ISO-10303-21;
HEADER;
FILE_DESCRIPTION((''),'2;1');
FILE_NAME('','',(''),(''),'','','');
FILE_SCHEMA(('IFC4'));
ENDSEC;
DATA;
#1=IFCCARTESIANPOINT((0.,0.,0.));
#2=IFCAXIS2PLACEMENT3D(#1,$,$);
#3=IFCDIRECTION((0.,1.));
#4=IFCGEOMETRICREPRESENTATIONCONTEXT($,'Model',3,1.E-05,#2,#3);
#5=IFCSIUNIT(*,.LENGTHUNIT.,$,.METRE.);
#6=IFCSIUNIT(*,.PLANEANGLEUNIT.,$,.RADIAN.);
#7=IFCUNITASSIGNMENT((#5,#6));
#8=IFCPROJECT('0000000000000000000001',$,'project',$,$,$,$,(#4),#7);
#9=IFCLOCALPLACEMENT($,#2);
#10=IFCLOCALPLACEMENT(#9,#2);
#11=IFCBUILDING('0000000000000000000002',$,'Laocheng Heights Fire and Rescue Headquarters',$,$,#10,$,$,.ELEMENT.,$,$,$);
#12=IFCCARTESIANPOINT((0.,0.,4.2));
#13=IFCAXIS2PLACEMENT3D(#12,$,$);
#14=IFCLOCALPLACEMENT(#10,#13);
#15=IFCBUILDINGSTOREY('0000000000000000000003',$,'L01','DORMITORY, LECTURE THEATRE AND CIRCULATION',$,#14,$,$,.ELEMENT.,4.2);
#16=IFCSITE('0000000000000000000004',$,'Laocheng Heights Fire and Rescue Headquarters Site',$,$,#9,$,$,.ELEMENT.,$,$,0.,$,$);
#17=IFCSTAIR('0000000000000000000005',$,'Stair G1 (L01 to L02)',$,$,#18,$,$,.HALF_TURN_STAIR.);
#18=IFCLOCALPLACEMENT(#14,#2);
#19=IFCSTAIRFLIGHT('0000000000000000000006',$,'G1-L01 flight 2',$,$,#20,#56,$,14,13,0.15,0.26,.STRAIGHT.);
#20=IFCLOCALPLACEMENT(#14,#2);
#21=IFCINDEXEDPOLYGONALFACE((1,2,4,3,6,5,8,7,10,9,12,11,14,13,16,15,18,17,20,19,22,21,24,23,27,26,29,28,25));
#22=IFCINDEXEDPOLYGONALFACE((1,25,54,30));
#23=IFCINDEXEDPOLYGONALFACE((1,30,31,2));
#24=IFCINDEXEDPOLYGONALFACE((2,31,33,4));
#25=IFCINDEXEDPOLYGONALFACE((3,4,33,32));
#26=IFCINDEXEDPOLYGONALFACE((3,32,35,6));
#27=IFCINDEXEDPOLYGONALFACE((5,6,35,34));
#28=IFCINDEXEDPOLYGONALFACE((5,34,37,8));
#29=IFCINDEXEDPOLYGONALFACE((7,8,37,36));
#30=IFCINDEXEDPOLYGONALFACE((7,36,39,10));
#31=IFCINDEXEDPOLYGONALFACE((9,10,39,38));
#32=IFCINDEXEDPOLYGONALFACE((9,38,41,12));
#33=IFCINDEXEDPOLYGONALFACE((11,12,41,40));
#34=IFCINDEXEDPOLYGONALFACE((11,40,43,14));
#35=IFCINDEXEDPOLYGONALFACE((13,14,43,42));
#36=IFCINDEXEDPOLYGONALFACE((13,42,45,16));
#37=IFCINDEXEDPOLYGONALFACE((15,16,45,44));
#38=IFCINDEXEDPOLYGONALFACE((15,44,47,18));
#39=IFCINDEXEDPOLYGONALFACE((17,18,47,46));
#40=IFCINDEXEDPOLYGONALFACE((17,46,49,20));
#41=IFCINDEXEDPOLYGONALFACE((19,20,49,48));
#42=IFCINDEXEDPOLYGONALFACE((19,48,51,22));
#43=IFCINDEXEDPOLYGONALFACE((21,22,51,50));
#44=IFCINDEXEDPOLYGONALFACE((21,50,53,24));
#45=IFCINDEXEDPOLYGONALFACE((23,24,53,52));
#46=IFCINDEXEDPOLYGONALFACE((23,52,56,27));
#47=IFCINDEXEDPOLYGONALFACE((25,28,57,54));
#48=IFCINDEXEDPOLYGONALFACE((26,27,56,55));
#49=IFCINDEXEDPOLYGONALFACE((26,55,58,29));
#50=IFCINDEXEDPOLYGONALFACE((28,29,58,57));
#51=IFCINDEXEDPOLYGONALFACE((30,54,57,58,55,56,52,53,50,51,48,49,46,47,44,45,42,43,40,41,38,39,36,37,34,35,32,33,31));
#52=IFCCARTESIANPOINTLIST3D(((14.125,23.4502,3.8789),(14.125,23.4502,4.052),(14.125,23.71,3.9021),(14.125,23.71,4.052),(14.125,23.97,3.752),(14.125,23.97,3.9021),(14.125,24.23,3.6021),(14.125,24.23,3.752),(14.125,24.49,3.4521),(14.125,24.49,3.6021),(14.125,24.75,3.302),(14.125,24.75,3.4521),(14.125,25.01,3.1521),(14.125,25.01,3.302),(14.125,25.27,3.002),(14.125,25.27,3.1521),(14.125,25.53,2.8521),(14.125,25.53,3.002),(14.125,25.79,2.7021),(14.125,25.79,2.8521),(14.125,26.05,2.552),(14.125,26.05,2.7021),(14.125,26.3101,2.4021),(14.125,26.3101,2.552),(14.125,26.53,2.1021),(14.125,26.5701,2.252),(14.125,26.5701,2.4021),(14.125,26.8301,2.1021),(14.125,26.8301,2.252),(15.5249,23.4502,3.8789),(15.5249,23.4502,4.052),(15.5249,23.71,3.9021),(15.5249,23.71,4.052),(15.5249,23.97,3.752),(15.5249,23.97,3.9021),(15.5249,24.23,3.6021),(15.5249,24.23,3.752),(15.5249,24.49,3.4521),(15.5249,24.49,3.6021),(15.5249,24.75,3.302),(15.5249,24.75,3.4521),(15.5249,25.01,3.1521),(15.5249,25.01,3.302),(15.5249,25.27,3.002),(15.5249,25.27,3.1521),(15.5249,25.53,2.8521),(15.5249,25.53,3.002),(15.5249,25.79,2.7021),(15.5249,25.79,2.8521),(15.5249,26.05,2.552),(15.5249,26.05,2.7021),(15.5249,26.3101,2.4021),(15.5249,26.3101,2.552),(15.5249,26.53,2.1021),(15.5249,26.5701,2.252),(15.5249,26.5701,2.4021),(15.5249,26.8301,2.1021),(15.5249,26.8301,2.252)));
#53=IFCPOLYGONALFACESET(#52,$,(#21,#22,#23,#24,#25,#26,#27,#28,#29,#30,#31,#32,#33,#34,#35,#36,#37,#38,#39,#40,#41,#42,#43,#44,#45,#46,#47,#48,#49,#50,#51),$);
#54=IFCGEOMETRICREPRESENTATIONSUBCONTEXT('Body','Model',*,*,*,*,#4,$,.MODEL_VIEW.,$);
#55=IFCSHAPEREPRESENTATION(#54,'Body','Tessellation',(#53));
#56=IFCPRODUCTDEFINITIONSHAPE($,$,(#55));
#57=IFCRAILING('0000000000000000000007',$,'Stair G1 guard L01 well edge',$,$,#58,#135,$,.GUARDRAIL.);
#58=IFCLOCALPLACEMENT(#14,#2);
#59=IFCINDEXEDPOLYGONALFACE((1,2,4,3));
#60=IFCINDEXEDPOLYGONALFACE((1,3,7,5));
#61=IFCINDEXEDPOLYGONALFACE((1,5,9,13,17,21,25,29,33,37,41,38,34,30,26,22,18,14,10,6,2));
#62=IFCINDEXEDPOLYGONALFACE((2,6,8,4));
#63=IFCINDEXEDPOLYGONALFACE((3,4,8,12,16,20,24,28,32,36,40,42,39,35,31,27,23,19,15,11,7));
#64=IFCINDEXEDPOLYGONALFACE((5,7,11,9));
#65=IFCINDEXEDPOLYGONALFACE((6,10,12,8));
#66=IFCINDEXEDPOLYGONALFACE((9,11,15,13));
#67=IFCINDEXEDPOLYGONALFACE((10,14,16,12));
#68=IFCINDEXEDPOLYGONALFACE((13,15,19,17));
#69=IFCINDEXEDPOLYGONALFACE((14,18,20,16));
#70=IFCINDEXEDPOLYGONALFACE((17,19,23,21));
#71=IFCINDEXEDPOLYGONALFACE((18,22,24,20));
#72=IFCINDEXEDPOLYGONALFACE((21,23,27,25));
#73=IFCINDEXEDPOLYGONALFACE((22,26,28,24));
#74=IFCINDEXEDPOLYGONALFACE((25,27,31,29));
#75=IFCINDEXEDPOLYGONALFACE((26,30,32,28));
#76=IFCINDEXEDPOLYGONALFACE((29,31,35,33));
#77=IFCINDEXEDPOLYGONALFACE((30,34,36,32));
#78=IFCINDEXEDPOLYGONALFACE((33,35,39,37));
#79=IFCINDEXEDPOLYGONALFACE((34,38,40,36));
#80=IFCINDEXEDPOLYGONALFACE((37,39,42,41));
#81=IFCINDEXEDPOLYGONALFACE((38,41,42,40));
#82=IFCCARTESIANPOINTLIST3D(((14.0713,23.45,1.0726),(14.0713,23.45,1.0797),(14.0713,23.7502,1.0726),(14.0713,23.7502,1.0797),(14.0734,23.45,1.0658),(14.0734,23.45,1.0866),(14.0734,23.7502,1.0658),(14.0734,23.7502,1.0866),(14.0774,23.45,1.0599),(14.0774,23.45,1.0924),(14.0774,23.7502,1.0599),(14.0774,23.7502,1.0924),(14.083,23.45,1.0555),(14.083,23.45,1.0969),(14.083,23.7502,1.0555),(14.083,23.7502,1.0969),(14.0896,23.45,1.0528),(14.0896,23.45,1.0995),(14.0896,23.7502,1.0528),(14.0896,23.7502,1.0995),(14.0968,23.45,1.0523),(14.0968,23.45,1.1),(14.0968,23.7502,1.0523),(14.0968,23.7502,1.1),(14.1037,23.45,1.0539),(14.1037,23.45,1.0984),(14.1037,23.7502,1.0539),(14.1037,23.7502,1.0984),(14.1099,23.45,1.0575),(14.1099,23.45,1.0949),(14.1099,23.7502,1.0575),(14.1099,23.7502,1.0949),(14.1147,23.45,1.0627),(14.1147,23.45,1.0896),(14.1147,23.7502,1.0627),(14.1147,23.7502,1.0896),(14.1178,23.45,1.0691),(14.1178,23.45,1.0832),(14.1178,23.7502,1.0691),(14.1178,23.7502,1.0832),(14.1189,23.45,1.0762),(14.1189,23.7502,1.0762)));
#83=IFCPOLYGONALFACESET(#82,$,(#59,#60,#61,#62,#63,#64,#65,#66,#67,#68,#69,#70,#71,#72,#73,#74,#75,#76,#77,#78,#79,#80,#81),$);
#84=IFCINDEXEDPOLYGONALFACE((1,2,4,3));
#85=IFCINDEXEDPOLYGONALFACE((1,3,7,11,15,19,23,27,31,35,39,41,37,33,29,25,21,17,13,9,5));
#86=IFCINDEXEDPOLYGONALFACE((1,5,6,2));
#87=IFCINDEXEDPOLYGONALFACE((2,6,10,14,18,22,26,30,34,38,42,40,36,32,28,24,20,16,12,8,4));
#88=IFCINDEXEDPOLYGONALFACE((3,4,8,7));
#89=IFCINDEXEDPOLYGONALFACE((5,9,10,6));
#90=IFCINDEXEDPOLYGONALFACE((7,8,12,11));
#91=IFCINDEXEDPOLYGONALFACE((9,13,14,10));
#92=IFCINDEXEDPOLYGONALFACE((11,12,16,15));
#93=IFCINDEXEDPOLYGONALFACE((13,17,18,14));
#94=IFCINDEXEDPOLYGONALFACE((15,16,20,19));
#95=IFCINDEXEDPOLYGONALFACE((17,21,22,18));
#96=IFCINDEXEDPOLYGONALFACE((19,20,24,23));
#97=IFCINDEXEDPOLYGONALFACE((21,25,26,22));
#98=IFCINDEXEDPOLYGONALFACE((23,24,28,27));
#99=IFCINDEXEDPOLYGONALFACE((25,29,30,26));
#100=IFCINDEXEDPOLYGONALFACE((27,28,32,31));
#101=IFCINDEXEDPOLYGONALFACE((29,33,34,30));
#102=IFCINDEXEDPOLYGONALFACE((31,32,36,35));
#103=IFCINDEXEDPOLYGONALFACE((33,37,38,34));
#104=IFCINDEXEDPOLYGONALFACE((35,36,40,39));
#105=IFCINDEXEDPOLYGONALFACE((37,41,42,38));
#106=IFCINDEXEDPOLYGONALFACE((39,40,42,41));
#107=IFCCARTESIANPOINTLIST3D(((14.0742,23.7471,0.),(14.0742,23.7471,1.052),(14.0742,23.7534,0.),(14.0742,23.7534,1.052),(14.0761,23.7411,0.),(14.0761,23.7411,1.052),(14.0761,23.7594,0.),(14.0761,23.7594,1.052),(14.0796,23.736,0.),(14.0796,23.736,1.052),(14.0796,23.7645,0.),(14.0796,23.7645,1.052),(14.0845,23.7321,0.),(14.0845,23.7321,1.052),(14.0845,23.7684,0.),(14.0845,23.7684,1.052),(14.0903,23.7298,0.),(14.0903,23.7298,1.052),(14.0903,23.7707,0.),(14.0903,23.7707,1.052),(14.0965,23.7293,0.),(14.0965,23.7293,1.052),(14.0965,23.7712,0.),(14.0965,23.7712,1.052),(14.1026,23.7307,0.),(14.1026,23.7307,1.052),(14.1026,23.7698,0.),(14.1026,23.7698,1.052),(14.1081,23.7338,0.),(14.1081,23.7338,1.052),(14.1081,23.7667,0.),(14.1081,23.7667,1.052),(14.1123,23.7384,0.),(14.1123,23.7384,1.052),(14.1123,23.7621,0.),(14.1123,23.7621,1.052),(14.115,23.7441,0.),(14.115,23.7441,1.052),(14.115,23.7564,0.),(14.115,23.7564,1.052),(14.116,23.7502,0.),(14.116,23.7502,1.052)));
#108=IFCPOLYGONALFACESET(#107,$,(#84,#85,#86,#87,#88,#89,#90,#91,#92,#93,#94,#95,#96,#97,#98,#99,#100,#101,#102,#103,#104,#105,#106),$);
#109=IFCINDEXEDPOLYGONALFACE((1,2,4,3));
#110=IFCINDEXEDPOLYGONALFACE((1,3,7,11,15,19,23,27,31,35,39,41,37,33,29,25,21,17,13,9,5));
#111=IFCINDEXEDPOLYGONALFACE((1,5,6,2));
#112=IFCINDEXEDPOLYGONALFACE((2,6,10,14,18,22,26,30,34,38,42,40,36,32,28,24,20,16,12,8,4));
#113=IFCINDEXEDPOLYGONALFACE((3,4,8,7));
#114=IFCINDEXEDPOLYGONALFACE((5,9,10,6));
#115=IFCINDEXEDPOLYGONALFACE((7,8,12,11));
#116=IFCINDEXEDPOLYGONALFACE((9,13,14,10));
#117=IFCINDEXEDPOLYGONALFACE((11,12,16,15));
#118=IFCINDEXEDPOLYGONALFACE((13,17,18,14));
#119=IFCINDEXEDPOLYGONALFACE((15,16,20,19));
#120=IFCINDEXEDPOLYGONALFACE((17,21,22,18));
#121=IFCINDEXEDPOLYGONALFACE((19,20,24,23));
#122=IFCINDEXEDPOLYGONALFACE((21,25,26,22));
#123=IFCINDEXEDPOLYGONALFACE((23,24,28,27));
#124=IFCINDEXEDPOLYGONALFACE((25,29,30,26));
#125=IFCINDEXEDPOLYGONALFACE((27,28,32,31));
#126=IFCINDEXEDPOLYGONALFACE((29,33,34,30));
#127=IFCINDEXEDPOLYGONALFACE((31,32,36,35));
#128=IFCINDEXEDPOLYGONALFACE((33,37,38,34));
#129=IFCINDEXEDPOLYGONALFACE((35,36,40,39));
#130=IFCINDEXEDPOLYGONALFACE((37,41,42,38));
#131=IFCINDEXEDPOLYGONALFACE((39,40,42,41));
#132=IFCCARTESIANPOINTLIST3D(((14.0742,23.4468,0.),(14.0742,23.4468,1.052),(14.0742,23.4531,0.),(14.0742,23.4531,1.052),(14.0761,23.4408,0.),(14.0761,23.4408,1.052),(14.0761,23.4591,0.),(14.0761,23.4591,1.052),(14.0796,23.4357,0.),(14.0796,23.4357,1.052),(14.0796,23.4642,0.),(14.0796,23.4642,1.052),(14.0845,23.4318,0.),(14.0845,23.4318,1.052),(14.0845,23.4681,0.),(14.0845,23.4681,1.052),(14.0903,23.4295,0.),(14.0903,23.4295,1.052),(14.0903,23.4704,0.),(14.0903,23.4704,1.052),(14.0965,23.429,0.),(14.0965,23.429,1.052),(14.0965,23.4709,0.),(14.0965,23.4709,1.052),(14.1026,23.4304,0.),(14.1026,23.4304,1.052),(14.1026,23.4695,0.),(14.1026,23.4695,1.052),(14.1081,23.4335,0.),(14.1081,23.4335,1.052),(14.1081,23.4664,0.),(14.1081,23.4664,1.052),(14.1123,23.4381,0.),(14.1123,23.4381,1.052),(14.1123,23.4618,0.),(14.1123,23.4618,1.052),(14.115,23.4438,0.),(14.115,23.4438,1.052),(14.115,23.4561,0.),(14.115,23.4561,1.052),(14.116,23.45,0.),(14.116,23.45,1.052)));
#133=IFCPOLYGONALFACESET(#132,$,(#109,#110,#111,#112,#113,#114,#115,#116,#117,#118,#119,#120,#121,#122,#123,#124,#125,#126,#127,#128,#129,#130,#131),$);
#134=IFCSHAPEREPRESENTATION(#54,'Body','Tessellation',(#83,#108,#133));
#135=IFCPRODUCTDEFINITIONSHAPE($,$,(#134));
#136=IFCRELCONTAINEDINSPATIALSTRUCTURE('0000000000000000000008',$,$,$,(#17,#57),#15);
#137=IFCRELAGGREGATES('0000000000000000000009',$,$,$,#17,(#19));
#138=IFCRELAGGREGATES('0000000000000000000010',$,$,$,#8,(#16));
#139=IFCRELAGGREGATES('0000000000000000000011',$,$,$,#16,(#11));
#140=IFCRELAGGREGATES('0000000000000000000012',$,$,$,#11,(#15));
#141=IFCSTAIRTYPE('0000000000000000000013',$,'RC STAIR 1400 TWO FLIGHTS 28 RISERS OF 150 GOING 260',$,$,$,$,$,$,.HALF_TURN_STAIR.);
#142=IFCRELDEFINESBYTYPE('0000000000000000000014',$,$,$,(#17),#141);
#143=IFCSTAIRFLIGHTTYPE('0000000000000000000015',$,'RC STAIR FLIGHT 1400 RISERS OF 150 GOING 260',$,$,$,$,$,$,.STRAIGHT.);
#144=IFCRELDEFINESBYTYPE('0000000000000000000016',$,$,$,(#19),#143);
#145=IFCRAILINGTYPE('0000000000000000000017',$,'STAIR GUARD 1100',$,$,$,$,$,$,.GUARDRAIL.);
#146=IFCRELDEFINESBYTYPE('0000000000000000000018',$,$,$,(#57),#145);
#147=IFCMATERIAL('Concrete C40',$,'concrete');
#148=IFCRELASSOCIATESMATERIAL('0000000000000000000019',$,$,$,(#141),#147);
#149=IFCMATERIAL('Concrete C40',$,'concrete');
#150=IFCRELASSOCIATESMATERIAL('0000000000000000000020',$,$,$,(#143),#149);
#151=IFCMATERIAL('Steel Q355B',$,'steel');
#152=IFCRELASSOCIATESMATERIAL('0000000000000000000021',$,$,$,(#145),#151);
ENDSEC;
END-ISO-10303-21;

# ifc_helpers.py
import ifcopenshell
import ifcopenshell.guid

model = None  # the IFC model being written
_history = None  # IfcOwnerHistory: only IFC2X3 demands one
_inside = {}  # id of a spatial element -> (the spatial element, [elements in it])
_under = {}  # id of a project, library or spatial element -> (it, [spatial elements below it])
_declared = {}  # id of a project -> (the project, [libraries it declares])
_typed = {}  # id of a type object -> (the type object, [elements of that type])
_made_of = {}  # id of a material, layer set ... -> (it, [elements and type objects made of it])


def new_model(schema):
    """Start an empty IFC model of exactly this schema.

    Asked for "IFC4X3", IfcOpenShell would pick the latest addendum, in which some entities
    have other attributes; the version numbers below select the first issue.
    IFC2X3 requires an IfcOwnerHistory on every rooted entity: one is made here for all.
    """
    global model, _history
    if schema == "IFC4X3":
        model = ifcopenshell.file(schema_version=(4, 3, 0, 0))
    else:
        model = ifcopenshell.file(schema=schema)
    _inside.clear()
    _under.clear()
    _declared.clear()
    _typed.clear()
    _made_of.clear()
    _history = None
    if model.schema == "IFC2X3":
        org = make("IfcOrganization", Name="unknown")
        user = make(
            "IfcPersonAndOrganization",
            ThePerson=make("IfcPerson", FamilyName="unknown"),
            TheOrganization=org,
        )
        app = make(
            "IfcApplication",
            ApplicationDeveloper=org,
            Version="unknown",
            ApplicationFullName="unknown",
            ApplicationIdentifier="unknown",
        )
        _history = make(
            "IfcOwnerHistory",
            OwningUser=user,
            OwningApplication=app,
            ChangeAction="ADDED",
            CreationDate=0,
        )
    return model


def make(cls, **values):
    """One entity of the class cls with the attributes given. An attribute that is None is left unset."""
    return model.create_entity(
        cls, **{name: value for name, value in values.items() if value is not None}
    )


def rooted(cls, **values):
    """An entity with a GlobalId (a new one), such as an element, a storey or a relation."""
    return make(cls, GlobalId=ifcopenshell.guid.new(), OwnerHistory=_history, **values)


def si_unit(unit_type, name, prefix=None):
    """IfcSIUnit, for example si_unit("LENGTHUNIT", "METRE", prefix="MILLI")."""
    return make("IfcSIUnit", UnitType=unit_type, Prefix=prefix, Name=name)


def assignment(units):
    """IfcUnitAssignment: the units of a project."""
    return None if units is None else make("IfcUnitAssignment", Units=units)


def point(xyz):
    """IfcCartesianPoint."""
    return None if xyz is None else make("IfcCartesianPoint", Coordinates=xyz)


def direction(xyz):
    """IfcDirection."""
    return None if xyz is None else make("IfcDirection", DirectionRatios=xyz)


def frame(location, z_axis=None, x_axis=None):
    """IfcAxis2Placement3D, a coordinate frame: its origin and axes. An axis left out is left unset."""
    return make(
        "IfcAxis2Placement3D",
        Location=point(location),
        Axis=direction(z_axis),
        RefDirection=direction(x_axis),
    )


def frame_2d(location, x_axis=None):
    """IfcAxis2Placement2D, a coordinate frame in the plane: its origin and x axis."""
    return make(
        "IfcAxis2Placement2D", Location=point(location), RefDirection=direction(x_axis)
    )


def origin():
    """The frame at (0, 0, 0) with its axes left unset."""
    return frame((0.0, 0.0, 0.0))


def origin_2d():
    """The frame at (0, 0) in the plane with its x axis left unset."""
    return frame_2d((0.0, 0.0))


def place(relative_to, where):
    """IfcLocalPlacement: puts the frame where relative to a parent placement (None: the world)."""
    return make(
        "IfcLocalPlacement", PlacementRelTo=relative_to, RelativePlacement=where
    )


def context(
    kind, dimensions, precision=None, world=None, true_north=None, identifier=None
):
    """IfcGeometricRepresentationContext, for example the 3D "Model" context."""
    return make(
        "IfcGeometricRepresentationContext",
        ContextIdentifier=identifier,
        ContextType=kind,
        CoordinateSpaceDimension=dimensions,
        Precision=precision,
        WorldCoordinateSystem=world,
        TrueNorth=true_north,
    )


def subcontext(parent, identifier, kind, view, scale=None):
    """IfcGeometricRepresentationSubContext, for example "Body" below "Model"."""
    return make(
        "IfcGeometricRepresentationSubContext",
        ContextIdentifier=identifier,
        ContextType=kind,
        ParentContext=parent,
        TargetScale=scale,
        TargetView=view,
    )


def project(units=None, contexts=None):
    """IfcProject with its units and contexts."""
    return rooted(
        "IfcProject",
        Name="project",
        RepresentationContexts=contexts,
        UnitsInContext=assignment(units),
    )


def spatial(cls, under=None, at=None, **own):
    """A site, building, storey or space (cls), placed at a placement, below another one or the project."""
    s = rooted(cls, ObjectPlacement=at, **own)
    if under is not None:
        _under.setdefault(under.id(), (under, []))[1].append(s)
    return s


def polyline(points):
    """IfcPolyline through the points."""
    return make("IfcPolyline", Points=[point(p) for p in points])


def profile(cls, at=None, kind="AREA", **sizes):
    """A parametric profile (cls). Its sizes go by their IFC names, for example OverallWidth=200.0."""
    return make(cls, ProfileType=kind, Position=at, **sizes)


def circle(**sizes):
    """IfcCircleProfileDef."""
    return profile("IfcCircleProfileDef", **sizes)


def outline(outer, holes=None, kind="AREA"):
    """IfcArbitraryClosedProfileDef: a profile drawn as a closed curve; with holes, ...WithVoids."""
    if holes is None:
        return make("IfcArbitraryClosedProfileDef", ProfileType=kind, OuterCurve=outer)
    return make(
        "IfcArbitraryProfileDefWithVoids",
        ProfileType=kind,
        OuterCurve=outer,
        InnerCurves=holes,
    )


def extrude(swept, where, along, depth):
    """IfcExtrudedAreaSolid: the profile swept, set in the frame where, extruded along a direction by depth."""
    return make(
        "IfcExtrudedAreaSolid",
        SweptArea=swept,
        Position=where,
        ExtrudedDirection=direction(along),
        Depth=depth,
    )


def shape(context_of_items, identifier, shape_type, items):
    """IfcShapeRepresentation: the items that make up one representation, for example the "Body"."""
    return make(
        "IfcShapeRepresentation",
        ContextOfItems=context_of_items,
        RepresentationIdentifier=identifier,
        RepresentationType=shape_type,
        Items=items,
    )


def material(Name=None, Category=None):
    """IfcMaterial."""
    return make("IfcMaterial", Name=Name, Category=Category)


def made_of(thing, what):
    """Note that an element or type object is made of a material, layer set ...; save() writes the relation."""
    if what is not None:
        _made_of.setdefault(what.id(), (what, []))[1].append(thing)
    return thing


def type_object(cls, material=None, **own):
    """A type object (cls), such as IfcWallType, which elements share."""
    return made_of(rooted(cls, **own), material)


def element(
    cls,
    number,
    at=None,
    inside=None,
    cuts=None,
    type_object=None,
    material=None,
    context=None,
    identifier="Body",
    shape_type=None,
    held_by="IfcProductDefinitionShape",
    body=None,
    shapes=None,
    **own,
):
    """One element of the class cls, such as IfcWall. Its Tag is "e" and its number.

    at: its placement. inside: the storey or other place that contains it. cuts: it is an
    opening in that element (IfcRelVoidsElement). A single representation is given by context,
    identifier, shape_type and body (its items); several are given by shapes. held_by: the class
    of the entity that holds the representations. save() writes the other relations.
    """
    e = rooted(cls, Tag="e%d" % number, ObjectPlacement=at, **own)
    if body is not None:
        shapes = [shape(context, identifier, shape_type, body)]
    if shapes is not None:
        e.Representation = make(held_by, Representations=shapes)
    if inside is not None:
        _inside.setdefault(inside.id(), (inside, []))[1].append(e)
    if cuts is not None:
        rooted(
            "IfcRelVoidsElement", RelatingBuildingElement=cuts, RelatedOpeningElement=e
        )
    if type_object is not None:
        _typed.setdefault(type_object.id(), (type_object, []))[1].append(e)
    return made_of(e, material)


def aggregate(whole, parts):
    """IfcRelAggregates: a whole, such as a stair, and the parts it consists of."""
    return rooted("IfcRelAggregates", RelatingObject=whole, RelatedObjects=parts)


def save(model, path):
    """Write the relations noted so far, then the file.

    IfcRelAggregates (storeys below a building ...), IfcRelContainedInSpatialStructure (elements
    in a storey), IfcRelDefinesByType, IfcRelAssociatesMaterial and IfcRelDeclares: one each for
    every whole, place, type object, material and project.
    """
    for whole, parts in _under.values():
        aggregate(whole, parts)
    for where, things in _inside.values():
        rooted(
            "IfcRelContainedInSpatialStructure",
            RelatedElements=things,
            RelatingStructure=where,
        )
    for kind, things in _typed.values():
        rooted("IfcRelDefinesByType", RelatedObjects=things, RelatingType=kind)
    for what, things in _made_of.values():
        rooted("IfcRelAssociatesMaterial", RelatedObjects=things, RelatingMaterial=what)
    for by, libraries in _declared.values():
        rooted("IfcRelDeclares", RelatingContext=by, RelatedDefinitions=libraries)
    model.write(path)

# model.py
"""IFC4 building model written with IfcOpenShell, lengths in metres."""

from ifc_helpers import new_model, si_unit, direction, frame, origin, origin_2d, place, context, subcontext, project, spatial, polyline, circle, outline, extrude, material, type_object, element, aggregate, save


model = new_model("IFC4")

# Units and contexts
model_context = context("Model", 3, precision=1e-05, world=origin(), true_north=direction((0.0, 1.0)))
body_context = subcontext(model_context, "Body", "Model", "MODEL_VIEW")
ifc_project = project(units=[si_unit("LENGTHUNIT", "METRE"), si_unit("PLANEANGLEUNIT", "RADIAN")], contexts=[model_context])

# Site, building, storey
site_placement = place(None, origin())
site = spatial("IfcSite", under=ifc_project, at=site_placement, Name="Laocheng Heights Fire and Rescue Headquarters Site", CompositionType="ELEMENT", RefElevation=0.0)
building_placement = place(site_placement, origin())
building = spatial("IfcBuilding", under=site, at=building_placement, Name="Laocheng Heights Fire and Rescue Headquarters", CompositionType="ELEMENT")
storey_placement = place(building_placement, frame((0.0, 0.0, 4.2)))
storey = spatial("IfcBuildingStorey", under=building, at=storey_placement, Name="L01", Description="DORMITORY, LECTURE THEATRE AND CIRCULATION", CompositionType="ELEMENT", Elevation=4.2)

# Stair, stair flight
ifc_material_1 = material(Name="Concrete C40", Category="concrete")
stair_type = type_object("IfcStairType", Name="RC STAIR 1400 TWO FLIGHTS 28 RISERS OF 150 GOING 260", PredefinedType="HALF_TURN_STAIR", material=ifc_material_1)
stair_placement = place(storey_placement, origin())
stair = element("IfcStair", 1, at=stair_placement, inside=storey, type_object=stair_type, Name="Stair G1 (L01 to L02)", PredefinedType="HALF_TURN_STAIR")
ifc_material_2 = material(Name="Concrete C40", Category="concrete")
stair_flight_type = type_object("IfcStairFlightType", Name="RC STAIR FLIGHT 1400 RISERS OF 150 GOING 260", PredefinedType="STRAIGHT", material=ifc_material_2)
stair_flight_placement = place(storey_placement, frame((14.825, 26.8301, 2.1021), z_axis=(0.0, 0.0, 1.0), x_axis=(0.0, -1.0, 0.0)))
stair_flight = element("IfcStairFlight", 2, at=stair_flight_placement, type_object=stair_flight_type, Name="G1-L01 flight 2", NumberOfRisers=14, NumberOfTreads=13, PredefinedType="STRAIGHT", RiserHeight=0.15, TreadLength=0.26, context=body_context, shape_type="SweptSolid", body=[
    extrude(outline(polyline([(0.0, 0.0), (0.0, 0.1499), (0.26, 0.1499), (0.26, 0.3), (0.52, 0.3), (0.52, 0.45), (0.78, 0.45), (0.78, 0.6001), (1.04, 0.6001), (1.04, 0.75), (1.3, 0.75), (1.3, 0.8999), (1.5601, 0.8999), (1.5601, 1.05), (1.8201, 1.05), (1.8201, 1.2), (2.0801, 1.2), (2.0801, 1.3501), (2.3401, 1.3501), (2.3401, 1.5), (2.6001, 1.5), (2.6001, 1.6499), (2.8601, 1.6499), (2.8601, 1.8), (3.1201, 1.8), (3.1201, 1.95), (3.3799, 1.95), (3.3799, 2.1001), (3.3799, 1.7769), (0.3, 0.0), (0.0, 0.0)])), frame((0.0, 0.7, 0.0), z_axis=(0.0, -1.0, 0.0), x_axis=(1.0, 0.0, 0.0)), (0.0, 0.0, 1.0), 1.3999),
])
aggregate(stair, [stair_flight])

# Railing
ifc_material_3 = material(Name="Steel Q355B", Category="steel")
railing_type_1 = type_object("IfcRailingType", Name="STAIR GUARD 1100", PredefinedType="GUARDRAIL", material=ifc_material_3)
railing_1_placement = place(storey_placement, frame((14.095, 23.7502, 0.0)))
element("IfcRailing", 3, at=railing_1_placement, inside=storey, type_object=railing_type_1, Name="Stair G1 guard L01 well edge", PredefinedType="GUARDRAIL", context=body_context, shape_type="SweptSolid", body=[
    extrude(circle(Radius=0.0239, at=origin_2d()), frame((0.0, 0.0, 1.0762), z_axis=(0.0, -1.0, 0.0), x_axis=(1.0, 0.0, 0.0)), (0.0, 0.0, 1.0), 0.3003),
    extrude(circle(Radius=0.021, at=origin_2d()), origin(), (0.0, 0.0, 1.0), 1.052),
    extrude(circle(Radius=0.021, at=origin_2d()), frame((0.0, -0.3003, 0.0)), (0.0, 0.0, 1.0), 1.052),
])

save(model, "model.ifc")
